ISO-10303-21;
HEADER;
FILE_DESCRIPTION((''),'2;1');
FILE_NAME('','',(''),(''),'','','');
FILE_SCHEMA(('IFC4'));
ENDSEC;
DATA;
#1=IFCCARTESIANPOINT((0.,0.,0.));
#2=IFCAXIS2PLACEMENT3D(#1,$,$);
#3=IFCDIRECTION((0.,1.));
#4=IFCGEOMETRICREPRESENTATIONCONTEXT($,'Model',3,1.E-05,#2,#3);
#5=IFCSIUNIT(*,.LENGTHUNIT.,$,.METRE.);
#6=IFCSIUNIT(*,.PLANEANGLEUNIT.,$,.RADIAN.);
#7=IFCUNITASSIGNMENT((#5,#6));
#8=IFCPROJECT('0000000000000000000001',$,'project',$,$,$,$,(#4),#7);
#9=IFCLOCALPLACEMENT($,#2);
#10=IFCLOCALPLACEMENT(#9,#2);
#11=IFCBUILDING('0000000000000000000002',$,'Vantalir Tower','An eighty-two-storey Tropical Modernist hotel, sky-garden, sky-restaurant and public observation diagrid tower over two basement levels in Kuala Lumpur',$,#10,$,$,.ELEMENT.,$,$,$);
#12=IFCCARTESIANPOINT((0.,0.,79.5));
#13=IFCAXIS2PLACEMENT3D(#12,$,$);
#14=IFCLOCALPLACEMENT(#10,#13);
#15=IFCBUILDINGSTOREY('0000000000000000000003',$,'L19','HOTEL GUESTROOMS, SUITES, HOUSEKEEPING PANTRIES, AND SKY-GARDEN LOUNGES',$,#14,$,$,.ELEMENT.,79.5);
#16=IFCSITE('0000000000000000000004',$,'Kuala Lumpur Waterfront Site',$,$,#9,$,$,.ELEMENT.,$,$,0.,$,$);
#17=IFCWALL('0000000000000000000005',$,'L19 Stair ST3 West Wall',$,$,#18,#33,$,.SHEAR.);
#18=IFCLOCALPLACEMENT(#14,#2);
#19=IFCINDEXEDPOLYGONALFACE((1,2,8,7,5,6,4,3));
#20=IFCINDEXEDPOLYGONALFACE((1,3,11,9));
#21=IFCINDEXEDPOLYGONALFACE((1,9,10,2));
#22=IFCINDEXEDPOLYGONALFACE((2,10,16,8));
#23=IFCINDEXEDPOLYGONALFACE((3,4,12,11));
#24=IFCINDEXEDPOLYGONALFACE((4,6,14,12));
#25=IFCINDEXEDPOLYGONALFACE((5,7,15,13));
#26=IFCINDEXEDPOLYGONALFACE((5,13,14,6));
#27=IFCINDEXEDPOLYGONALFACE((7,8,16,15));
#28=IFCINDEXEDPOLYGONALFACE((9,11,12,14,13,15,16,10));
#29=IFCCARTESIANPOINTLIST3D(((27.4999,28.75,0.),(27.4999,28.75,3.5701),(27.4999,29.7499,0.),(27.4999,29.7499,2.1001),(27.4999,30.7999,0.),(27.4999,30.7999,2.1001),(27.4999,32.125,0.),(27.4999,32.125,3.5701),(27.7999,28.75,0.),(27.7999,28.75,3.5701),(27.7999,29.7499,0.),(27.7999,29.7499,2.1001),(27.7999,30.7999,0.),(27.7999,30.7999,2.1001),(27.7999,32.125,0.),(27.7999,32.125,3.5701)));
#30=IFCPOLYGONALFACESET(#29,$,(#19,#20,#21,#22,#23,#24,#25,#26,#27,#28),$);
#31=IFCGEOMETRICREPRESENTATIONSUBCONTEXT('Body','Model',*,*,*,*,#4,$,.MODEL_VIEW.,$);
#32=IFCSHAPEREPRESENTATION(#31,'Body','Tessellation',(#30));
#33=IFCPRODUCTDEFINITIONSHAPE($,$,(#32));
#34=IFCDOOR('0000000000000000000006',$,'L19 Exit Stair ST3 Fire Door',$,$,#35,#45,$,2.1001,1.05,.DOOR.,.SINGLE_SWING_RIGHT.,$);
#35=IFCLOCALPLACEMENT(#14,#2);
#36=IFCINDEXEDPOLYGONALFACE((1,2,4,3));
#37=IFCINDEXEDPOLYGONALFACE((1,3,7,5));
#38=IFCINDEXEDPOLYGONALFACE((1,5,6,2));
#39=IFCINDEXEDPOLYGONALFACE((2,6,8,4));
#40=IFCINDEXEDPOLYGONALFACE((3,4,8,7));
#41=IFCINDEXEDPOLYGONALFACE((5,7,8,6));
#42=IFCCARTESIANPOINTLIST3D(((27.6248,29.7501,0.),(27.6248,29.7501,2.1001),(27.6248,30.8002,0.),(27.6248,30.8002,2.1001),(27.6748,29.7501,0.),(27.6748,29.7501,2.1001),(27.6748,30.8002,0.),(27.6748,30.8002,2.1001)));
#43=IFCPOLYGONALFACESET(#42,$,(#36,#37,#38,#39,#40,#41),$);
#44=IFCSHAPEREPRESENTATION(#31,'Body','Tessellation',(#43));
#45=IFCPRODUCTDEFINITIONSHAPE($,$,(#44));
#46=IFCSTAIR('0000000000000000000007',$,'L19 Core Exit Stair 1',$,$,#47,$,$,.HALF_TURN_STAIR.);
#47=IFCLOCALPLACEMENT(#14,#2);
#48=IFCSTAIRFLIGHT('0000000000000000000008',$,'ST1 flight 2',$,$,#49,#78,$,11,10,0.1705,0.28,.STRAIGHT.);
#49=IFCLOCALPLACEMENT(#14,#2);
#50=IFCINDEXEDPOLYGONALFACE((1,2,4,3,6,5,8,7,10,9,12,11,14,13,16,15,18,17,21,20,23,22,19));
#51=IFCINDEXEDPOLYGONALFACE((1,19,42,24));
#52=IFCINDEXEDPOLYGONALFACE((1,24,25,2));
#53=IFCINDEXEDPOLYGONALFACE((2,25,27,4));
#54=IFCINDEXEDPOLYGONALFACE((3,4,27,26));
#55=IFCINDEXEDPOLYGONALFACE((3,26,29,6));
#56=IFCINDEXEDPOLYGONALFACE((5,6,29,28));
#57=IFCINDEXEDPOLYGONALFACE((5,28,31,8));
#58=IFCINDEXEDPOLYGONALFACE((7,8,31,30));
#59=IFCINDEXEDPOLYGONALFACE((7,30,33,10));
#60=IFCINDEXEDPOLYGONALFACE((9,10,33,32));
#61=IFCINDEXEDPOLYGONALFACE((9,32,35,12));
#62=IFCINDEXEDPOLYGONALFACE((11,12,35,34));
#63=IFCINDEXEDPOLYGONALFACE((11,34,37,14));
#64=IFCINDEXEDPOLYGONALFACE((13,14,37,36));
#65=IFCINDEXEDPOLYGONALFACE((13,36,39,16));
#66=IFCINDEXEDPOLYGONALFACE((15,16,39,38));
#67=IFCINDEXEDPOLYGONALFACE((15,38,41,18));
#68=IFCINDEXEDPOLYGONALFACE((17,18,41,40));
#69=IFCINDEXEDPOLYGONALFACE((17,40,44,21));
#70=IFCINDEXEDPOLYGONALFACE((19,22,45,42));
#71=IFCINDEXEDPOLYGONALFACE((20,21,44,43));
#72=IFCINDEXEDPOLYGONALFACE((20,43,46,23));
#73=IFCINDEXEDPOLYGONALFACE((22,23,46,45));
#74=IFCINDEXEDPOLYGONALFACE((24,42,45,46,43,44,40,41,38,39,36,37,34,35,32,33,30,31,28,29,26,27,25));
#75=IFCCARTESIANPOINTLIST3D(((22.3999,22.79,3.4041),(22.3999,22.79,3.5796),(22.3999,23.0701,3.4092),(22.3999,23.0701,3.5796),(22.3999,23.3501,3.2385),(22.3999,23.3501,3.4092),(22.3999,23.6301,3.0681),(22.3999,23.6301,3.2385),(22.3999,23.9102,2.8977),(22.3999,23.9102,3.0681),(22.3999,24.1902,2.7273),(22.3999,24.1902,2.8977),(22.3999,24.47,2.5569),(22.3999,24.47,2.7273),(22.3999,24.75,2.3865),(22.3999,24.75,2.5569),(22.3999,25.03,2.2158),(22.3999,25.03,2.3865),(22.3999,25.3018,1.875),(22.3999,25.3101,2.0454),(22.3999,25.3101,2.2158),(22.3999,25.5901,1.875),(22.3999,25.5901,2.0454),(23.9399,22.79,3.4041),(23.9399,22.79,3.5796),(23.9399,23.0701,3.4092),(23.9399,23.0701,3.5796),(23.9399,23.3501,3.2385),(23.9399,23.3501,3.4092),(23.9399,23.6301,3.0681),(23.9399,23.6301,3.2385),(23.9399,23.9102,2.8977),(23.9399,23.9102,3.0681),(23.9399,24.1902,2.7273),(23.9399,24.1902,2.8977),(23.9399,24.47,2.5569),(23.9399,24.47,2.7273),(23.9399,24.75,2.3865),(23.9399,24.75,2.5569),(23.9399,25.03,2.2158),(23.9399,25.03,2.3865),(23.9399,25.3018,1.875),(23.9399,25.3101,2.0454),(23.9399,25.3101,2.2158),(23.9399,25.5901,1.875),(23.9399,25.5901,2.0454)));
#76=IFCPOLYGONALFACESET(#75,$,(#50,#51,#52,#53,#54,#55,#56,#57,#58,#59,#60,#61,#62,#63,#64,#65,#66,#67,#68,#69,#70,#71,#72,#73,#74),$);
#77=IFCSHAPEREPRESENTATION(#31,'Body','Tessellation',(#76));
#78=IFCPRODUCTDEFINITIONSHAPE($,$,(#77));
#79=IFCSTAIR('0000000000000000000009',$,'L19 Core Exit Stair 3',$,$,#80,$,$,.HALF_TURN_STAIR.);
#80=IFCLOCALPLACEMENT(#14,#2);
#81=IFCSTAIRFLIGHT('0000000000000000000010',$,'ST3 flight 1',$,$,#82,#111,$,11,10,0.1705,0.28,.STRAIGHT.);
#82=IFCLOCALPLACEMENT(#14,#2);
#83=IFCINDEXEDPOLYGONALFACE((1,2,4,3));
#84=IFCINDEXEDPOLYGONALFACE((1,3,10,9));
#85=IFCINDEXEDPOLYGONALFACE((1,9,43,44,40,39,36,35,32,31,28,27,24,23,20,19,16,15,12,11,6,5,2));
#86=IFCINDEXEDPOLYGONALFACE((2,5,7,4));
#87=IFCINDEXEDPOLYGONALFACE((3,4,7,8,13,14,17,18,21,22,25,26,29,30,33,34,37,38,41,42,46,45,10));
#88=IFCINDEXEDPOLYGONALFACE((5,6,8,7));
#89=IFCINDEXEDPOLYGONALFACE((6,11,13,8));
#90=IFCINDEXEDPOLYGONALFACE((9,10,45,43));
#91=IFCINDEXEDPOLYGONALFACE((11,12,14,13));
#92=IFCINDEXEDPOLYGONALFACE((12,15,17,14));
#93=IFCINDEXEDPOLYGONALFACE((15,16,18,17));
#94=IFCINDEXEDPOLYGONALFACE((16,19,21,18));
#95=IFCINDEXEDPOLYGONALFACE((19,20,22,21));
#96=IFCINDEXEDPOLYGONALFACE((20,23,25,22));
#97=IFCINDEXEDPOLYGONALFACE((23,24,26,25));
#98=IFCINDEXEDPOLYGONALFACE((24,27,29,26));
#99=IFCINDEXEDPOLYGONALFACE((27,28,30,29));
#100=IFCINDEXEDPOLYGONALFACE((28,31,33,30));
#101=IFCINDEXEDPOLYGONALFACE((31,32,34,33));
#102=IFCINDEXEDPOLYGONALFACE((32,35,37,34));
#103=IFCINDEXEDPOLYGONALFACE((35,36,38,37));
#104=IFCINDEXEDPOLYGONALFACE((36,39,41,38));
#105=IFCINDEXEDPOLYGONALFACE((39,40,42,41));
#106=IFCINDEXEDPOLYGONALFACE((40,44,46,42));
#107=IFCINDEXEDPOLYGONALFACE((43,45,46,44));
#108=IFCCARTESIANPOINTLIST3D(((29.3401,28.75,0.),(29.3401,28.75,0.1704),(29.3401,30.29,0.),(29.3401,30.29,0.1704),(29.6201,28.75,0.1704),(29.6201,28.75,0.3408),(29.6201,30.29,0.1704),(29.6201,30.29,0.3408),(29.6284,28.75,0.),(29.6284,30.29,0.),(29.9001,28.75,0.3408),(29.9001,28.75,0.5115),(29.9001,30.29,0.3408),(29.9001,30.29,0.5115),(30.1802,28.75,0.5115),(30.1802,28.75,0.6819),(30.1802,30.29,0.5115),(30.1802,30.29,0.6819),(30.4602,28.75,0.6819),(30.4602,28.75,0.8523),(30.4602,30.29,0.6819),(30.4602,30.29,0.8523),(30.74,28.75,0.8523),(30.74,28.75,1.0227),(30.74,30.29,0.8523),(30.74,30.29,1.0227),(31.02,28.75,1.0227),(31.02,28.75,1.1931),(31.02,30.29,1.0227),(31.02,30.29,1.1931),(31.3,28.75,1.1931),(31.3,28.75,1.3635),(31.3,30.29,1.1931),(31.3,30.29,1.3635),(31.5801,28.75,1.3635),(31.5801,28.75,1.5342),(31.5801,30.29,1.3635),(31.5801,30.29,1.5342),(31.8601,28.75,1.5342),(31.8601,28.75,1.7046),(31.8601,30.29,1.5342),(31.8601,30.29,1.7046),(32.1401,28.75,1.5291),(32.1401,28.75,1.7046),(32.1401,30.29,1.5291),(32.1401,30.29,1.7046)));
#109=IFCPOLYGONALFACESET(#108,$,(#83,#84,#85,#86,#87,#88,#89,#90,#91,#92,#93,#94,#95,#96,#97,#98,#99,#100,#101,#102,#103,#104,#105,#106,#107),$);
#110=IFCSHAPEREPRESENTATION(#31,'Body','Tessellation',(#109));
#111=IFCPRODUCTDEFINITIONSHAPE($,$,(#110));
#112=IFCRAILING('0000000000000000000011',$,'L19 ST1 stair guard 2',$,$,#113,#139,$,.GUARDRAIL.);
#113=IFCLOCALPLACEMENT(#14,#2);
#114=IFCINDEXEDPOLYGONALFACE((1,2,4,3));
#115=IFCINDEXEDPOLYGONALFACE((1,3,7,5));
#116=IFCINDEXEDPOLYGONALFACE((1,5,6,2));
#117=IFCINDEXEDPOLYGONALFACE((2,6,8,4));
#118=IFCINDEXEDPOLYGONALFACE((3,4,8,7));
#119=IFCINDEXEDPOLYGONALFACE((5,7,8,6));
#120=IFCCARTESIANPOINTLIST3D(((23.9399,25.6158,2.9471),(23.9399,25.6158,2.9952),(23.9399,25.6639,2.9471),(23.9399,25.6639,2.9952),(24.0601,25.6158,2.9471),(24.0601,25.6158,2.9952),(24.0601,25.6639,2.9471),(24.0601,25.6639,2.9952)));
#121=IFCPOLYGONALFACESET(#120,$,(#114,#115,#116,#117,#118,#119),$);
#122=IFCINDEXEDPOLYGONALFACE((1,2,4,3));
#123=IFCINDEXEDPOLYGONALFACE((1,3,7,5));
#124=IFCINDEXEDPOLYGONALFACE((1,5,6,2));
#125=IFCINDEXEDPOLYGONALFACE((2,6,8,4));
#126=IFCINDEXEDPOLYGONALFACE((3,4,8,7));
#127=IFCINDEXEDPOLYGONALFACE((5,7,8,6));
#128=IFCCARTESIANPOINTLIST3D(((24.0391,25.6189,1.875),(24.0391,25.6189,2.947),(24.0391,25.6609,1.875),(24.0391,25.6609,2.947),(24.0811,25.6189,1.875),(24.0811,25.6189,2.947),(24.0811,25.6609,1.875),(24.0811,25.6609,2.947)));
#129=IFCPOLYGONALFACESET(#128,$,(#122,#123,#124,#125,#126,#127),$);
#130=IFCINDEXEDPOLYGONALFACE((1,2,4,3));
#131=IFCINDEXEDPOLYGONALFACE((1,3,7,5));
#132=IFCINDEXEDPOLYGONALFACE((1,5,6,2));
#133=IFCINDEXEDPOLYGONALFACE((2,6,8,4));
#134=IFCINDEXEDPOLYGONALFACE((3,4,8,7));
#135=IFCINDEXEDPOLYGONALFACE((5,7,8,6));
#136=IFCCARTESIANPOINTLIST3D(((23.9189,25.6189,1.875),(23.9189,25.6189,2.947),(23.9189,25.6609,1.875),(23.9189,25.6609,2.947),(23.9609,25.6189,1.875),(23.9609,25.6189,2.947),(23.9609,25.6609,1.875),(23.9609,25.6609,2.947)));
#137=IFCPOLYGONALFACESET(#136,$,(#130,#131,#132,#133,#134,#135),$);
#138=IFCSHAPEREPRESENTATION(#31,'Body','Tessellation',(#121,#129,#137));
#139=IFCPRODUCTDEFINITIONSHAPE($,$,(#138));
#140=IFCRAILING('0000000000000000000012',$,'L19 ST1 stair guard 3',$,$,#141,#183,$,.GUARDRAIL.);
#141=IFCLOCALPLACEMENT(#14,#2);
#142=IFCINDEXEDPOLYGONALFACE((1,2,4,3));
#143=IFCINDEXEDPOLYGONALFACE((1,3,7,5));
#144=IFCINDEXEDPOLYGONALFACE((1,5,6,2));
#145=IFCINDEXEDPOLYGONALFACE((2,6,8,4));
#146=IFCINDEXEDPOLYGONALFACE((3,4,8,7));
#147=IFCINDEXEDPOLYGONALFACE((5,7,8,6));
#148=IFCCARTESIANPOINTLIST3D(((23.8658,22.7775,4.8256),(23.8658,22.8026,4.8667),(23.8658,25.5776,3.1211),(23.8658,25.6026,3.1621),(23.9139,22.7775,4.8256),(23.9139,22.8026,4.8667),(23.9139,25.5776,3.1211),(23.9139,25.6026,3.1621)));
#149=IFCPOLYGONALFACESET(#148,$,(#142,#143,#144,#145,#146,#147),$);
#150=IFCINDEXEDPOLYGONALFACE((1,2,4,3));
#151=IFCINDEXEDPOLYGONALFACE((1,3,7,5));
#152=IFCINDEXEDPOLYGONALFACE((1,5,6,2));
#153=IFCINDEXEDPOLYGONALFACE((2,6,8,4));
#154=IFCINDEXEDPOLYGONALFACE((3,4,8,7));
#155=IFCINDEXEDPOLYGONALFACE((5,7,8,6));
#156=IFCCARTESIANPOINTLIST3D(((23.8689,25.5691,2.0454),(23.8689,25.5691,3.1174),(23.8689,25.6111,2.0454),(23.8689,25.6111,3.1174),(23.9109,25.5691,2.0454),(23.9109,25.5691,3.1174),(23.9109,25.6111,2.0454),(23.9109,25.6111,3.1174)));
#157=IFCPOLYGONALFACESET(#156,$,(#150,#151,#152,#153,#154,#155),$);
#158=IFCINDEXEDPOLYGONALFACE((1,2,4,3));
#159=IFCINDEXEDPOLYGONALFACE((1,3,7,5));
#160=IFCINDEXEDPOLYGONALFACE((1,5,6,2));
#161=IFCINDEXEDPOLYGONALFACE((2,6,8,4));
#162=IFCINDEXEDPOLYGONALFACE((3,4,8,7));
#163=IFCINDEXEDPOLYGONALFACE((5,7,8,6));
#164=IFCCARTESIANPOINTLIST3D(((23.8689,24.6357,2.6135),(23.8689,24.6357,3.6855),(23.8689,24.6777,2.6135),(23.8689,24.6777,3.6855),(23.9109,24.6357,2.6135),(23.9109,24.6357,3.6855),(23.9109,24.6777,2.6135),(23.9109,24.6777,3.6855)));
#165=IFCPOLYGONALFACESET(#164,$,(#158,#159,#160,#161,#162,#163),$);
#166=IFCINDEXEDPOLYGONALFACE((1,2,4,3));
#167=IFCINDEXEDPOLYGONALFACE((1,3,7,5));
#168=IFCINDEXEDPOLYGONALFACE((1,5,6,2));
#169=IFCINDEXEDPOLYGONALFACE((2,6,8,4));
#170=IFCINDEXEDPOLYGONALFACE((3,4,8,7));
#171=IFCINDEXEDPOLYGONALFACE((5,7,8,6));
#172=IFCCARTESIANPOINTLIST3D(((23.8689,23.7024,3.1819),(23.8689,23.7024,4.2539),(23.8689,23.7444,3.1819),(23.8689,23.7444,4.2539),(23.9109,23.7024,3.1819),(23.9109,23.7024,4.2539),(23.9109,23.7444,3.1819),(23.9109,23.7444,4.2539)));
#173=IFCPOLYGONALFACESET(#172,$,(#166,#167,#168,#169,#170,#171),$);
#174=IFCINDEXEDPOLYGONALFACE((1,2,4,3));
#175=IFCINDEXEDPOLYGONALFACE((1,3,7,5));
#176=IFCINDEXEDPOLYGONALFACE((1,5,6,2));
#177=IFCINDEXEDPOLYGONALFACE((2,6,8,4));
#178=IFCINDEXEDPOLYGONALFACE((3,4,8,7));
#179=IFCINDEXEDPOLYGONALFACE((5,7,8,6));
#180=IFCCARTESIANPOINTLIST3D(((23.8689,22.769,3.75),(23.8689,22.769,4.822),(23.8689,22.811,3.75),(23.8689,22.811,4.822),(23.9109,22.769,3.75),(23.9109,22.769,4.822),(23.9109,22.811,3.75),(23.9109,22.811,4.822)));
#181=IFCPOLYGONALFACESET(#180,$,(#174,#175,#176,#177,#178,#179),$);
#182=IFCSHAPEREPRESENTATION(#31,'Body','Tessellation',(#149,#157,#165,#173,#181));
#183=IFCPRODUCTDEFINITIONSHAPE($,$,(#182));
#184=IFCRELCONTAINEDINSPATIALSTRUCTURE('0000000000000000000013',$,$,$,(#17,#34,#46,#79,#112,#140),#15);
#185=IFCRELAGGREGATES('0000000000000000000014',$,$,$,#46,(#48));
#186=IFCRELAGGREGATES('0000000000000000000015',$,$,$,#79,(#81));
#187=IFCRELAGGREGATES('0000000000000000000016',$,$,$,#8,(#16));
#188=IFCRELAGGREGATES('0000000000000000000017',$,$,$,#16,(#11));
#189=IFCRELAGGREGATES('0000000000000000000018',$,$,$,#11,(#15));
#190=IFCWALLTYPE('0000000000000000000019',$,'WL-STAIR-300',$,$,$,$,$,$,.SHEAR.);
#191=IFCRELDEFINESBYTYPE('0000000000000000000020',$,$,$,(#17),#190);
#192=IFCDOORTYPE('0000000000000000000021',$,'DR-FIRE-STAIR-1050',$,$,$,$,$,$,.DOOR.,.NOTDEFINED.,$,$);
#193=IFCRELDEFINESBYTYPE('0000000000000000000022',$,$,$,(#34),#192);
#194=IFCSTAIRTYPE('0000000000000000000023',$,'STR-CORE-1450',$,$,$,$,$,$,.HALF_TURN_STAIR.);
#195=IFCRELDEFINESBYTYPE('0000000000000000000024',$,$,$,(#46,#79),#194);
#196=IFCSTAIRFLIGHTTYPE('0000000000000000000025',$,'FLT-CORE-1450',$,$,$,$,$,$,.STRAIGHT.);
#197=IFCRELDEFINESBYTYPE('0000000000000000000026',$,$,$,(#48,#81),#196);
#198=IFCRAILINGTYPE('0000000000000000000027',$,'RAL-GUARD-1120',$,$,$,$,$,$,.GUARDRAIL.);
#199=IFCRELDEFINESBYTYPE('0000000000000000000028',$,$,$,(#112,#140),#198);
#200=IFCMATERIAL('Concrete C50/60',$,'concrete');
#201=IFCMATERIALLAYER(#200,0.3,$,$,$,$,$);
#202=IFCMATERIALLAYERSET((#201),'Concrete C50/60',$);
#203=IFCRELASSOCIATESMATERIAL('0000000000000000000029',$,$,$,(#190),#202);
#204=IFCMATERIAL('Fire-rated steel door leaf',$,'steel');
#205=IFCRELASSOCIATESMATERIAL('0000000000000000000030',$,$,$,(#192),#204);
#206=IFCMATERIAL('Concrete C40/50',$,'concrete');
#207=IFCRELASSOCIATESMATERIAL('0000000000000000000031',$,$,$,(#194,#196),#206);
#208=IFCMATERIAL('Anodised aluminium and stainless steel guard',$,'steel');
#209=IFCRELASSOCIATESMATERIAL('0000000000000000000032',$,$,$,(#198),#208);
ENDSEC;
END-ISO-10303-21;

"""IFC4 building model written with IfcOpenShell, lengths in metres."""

from ifc_helpers import new_model, si_unit, direction, frame, frame_2d, origin, origin_2d, place, context, subcontext, project, spatial, polyline, rectangle, outline, extrude, material, layer, layer_set, type_object, element, fill, aggregate, save


model = new_model("IFC4")

# Units and contexts
model_context = context("Model", 3, precision=1e-05, world=origin(), true_north=direction((0.0, 1.0)))
body_context = subcontext(model_context, "Body", "Model", "MODEL_VIEW")
ifc_project = project(units=[si_unit("LENGTHUNIT", "METRE"), si_unit("PLANEANGLEUNIT", "RADIAN")], contexts=[model_context])

# Site, building, storey
site_placement = place(None, origin())
site = spatial("IfcSite", under=ifc_project, at=site_placement, Name="Kuala Lumpur Waterfront Site", CompositionType="ELEMENT", RefElevation=0.0)
building_placement = place(site_placement, origin())
building = spatial("IfcBuilding", under=site, at=building_placement, Name="Vantalir Tower", Description="An eighty-two-storey Tropical Modernist hotel, sky-garden, sky-restaurant and public observation diagrid tower over two basement levels in Kuala Lumpur", CompositionType="ELEMENT")
storey_placement = place(building_placement, frame((0.0, 0.0, 79.5)))
storey = spatial("IfcBuildingStorey", under=building, at=storey_placement, Name="L19", Description="HOTEL GUESTROOMS, SUITES, HOUSEKEEPING PANTRIES, AND SKY-GARDEN LOUNGES", CompositionType="ELEMENT", Elevation=79.5)

# Shared definitions
ifc_material_1 = material(Name="Concrete C50/60", Category="concrete")
ifc_layer_1 = layer(ifc_material_1, 0.3)
ifc_layer_set_1 = layer_set([ifc_layer_1], Name="Concrete C50/60")
wall_type_1 = type_object("IfcWallType", Name="WL-STAIR-300", PredefinedType="SHEAR", material=ifc_layer_set_1)

# Wall, opening, door
wall_1_placement = place(storey_placement, frame((27.6499, 28.75, 0.0), z_axis=(0.0, 0.0, 1.0), x_axis=(0.0, 1.0, 0.0)))
wall_1 = element("IfcWall", 1, at=wall_1_placement, inside=storey, type_object=wall_type_1, Name="L19 Stair ST3 West Wall", PredefinedType="SHEAR", context=body_context, shape_type="SweptSolid", body=[
    extrude(rectangle(XDim=3.375, YDim=0.3, at=frame_2d((1.6875, 0.0))), origin(), (0.0, 0.0, 1.0), 3.5701),
])
opening_1_placement = place(wall_1_placement, frame((1.0, 0.0, 0.0)))
opening_1 = element("IfcOpeningElement", 2, at=opening_1_placement, cuts=wall_1, PredefinedType="OPENING", context=body_context, shape_type="SweptSolid", body=[
    extrude(rectangle(XDim=1.05, YDim=2.1001, at=frame_2d((0.5249, 1.05))), frame((0.0, 0.1599, 0.0), z_axis=(0.0, -1.0, 0.0), x_axis=(1.0, 0.0, 0.0)), (0.0, 0.0, 1.0), 0.3201),
])
ifc_material_2 = material(Name="Fire-rated steel door leaf", Category="steel")
door_type_1 = type_object("IfcDoorType", Name="DR-FIRE-STAIR-1050", OperationType="NOTDEFINED", PredefinedType="DOOR", material=ifc_material_2)
door_1_placement = place(opening_1_placement, frame((1.05, 0.0, 0.0), z_axis=(0.0, 0.0, 1.0), x_axis=(-1.0, 0.0, 0.0)))
door_1 = element("IfcDoor", 3, at=door_1_placement, inside=storey, type_object=door_type_1, Name="L19 Exit Stair ST3 Fire Door", OperationType="SINGLE_SWING_RIGHT", OverallHeight=2.1001, OverallWidth=1.05, PredefinedType="DOOR", context=body_context, shape_type="SweptSolid", body=[
    extrude(rectangle(XDim=1.05, YDim=2.1001, at=frame_2d((0.5249, 1.05))), frame((0.0, 0.0249, 0.0), z_axis=(0.0, -1.0, 0.0), x_axis=(1.0, 0.0, 0.0)), (0.0, 0.0, 1.0), 0.05),
])
fill(opening_1, door_1)

# Stairs, stair flights
ifc_material_3 = material(Name="Concrete C40/50", Category="concrete")
stair_type = type_object("IfcStairType", Name="STR-CORE-1450", PredefinedType="HALF_TURN_STAIR", material=ifc_material_3)
stair_1_placement = place(storey_placement, origin())
stair_1 = element("IfcStair", 4, at=stair_1_placement, inside=storey, type_object=stair_type, Name="L19 Core Exit Stair 1", PredefinedType="HALF_TURN_STAIR")
stair_flight_type = type_object("IfcStairFlightType", Name="FLT-CORE-1450", PredefinedType="STRAIGHT", material=ifc_material_3)
stair_flight_1_placement = place(storey_placement, frame((23.1699, 25.5901, 1.875), z_axis=(0.0, 0.0, 1.0), x_axis=(0.0, -1.0, 0.0)))
stair_flight_1 = element("IfcStairFlight", 5, at=stair_flight_1_placement, type_object=stair_flight_type, Name="ST1 flight 2", NumberOfRisers=11, NumberOfTreads=10, PredefinedType="STRAIGHT", RiserHeight=0.1705, TreadLength=0.28, context=body_context, shape_type="SweptSolid", body=[
    extrude(outline(polyline([(0.0, 0.0), (0.0, 0.1704), (0.28, 0.1704), (0.28, 0.3408), (0.5601, 0.3408), (0.5601, 0.5115), (0.8401, 0.5115), (0.8401, 0.6819), (1.1201, 0.6819), (1.1201, 0.8523), (1.3999, 0.8523), (1.3999, 1.0227), (1.6799, 1.0227), (1.6799, 1.1931), (1.96, 1.1931), (1.96, 1.3635), (2.24, 1.3635), (2.24, 1.5342), (2.52, 1.5342), (2.52, 1.7046), (2.8, 1.7046), (2.8, 1.875), (2.8, 1.5291), (0.2883, 0.0), (0.0, 0.0)])), frame((0.0, 0.77, 0.0), z_axis=(0.0, -1.0, 0.0), x_axis=(1.0, 0.0, 0.0)), (0.0, 0.0, 1.0), 1.54),
])
aggregate(stair_1, [stair_flight_1])
stair_2_placement = place(storey_placement, origin())
stair_2 = element("IfcStair", 6, at=stair_2_placement, inside=storey, type_object=stair_type, Name="L19 Core Exit Stair 3", PredefinedType="HALF_TURN_STAIR")
stair_flight_2_placement = place(storey_placement, frame((29.3401, 29.52, 0.0), z_axis=(0.0, 0.0, 1.0), x_axis=(1.0, 0.0, 0.0)))
stair_flight_2 = element("IfcStairFlight", 7, at=stair_flight_2_placement, type_object=stair_flight_type, Name="ST3 flight 1", NumberOfRisers=11, NumberOfTreads=10, PredefinedType="STRAIGHT", RiserHeight=0.1705, TreadLength=0.28, context=body_context, shape_type="SweptSolid", body=[
    extrude(outline(polyline([(0.0, 0.0), (0.0, 0.1704), (0.28, 0.1704), (0.28, 0.3408), (0.5601, 0.3408), (0.5601, 0.5115), (0.8401, 0.5115), (0.8401, 0.6819), (1.1201, 0.6819), (1.1201, 0.8523), (1.3999, 0.8523), (1.3999, 1.0227), (1.6799, 1.0227), (1.6799, 1.1931), (1.96, 1.1931), (1.96, 1.3635), (2.24, 1.3635), (2.24, 1.5342), (2.52, 1.5342), (2.52, 1.7046), (2.8, 1.7046), (2.8, 1.875), (2.8, 1.5291), (0.2883, 0.0), (0.0, 0.0)])), frame((0.0, 0.77, 0.0), z_axis=(0.0, -1.0, 0.0), x_axis=(1.0, 0.0, 0.0)), (0.0, 0.0, 1.0), 1.54),
])
aggregate(stair_2, [stair_flight_2])

# Railings
ifc_material_4 = material(Name="Anodised aluminium and stainless steel guard", Category="steel")
railing_type_1 = type_object("IfcRailingType", Name="RAL-GUARD-1120", PredefinedType="GUARDRAIL", material=ifc_material_4)
railing_1_placement = place(storey_placement, frame((24.0601, 25.6399, 1.875)))
element("IfcRailing", 8, at=railing_1_placement, inside=storey, type_object=railing_type_1, Name="L19 ST1 stair guard 2", PredefinedType="GUARDRAIL", context=body_context, shape_type="SweptSolid", body=[
    extrude(rectangle(XDim=0.0481, YDim=0.0481, at=origin_2d()), frame((0.0, 0.0, 1.0962), z_axis=(-1.0, 0.0, 0.0), x_axis=(0.0, -1.0, 0.0)), (0.0, 0.0, 1.0), 0.1201),
    extrude(rectangle(XDim=0.042, YDim=0.042, at=origin_2d()), origin(), (0.0, 0.0, 1.0), 1.072),
    extrude(rectangle(XDim=0.042, YDim=0.042, at=origin_2d()), frame((-0.1201, 0.0, 0.0)), (0.0, 0.0, 1.0), 1.072),
])
railing_2_placement = place(storey_placement, frame((23.8899, 25.5901, 2.0454)))
element("IfcRailing", 9, at=railing_2_placement, inside=storey, type_object=railing_type_1, Name="L19 ST1 stair guard 3", PredefinedType="GUARDRAIL", context=body_context, shape_type="SweptSolid", body=[
    extrude(rectangle(XDim=0.0481, YDim=0.0481, at=origin_2d()), frame((0.0, 0.0, 1.0962), z_axis=(0.0, -0.85417, 0.519994), x_axis=(1.0, 0.0, 0.0)), (0.0, 0.0, 1.0), 3.2781),
    extrude(rectangle(XDim=0.042, YDim=0.042, at=origin_2d()), origin(), (0.0, 0.0, 1.0), 1.072),
    extrude(rectangle(XDim=0.042, YDim=0.042, at=origin_2d()), frame((0.0, -0.9333, 0.5681)), (0.0, 0.0, 1.0), 1.072),
    extrude(rectangle(XDim=0.042, YDim=0.042, at=origin_2d()), frame((0.0, -1.8667, 1.1365)), (0.0, 0.0, 1.0), 1.072),
    extrude(rectangle(XDim=0.042, YDim=0.042, at=origin_2d()), frame((0.0, -2.8, 1.7046)), (0.0, 0.0, 1.0), 1.072),
])

save(model, "model.ifc")
